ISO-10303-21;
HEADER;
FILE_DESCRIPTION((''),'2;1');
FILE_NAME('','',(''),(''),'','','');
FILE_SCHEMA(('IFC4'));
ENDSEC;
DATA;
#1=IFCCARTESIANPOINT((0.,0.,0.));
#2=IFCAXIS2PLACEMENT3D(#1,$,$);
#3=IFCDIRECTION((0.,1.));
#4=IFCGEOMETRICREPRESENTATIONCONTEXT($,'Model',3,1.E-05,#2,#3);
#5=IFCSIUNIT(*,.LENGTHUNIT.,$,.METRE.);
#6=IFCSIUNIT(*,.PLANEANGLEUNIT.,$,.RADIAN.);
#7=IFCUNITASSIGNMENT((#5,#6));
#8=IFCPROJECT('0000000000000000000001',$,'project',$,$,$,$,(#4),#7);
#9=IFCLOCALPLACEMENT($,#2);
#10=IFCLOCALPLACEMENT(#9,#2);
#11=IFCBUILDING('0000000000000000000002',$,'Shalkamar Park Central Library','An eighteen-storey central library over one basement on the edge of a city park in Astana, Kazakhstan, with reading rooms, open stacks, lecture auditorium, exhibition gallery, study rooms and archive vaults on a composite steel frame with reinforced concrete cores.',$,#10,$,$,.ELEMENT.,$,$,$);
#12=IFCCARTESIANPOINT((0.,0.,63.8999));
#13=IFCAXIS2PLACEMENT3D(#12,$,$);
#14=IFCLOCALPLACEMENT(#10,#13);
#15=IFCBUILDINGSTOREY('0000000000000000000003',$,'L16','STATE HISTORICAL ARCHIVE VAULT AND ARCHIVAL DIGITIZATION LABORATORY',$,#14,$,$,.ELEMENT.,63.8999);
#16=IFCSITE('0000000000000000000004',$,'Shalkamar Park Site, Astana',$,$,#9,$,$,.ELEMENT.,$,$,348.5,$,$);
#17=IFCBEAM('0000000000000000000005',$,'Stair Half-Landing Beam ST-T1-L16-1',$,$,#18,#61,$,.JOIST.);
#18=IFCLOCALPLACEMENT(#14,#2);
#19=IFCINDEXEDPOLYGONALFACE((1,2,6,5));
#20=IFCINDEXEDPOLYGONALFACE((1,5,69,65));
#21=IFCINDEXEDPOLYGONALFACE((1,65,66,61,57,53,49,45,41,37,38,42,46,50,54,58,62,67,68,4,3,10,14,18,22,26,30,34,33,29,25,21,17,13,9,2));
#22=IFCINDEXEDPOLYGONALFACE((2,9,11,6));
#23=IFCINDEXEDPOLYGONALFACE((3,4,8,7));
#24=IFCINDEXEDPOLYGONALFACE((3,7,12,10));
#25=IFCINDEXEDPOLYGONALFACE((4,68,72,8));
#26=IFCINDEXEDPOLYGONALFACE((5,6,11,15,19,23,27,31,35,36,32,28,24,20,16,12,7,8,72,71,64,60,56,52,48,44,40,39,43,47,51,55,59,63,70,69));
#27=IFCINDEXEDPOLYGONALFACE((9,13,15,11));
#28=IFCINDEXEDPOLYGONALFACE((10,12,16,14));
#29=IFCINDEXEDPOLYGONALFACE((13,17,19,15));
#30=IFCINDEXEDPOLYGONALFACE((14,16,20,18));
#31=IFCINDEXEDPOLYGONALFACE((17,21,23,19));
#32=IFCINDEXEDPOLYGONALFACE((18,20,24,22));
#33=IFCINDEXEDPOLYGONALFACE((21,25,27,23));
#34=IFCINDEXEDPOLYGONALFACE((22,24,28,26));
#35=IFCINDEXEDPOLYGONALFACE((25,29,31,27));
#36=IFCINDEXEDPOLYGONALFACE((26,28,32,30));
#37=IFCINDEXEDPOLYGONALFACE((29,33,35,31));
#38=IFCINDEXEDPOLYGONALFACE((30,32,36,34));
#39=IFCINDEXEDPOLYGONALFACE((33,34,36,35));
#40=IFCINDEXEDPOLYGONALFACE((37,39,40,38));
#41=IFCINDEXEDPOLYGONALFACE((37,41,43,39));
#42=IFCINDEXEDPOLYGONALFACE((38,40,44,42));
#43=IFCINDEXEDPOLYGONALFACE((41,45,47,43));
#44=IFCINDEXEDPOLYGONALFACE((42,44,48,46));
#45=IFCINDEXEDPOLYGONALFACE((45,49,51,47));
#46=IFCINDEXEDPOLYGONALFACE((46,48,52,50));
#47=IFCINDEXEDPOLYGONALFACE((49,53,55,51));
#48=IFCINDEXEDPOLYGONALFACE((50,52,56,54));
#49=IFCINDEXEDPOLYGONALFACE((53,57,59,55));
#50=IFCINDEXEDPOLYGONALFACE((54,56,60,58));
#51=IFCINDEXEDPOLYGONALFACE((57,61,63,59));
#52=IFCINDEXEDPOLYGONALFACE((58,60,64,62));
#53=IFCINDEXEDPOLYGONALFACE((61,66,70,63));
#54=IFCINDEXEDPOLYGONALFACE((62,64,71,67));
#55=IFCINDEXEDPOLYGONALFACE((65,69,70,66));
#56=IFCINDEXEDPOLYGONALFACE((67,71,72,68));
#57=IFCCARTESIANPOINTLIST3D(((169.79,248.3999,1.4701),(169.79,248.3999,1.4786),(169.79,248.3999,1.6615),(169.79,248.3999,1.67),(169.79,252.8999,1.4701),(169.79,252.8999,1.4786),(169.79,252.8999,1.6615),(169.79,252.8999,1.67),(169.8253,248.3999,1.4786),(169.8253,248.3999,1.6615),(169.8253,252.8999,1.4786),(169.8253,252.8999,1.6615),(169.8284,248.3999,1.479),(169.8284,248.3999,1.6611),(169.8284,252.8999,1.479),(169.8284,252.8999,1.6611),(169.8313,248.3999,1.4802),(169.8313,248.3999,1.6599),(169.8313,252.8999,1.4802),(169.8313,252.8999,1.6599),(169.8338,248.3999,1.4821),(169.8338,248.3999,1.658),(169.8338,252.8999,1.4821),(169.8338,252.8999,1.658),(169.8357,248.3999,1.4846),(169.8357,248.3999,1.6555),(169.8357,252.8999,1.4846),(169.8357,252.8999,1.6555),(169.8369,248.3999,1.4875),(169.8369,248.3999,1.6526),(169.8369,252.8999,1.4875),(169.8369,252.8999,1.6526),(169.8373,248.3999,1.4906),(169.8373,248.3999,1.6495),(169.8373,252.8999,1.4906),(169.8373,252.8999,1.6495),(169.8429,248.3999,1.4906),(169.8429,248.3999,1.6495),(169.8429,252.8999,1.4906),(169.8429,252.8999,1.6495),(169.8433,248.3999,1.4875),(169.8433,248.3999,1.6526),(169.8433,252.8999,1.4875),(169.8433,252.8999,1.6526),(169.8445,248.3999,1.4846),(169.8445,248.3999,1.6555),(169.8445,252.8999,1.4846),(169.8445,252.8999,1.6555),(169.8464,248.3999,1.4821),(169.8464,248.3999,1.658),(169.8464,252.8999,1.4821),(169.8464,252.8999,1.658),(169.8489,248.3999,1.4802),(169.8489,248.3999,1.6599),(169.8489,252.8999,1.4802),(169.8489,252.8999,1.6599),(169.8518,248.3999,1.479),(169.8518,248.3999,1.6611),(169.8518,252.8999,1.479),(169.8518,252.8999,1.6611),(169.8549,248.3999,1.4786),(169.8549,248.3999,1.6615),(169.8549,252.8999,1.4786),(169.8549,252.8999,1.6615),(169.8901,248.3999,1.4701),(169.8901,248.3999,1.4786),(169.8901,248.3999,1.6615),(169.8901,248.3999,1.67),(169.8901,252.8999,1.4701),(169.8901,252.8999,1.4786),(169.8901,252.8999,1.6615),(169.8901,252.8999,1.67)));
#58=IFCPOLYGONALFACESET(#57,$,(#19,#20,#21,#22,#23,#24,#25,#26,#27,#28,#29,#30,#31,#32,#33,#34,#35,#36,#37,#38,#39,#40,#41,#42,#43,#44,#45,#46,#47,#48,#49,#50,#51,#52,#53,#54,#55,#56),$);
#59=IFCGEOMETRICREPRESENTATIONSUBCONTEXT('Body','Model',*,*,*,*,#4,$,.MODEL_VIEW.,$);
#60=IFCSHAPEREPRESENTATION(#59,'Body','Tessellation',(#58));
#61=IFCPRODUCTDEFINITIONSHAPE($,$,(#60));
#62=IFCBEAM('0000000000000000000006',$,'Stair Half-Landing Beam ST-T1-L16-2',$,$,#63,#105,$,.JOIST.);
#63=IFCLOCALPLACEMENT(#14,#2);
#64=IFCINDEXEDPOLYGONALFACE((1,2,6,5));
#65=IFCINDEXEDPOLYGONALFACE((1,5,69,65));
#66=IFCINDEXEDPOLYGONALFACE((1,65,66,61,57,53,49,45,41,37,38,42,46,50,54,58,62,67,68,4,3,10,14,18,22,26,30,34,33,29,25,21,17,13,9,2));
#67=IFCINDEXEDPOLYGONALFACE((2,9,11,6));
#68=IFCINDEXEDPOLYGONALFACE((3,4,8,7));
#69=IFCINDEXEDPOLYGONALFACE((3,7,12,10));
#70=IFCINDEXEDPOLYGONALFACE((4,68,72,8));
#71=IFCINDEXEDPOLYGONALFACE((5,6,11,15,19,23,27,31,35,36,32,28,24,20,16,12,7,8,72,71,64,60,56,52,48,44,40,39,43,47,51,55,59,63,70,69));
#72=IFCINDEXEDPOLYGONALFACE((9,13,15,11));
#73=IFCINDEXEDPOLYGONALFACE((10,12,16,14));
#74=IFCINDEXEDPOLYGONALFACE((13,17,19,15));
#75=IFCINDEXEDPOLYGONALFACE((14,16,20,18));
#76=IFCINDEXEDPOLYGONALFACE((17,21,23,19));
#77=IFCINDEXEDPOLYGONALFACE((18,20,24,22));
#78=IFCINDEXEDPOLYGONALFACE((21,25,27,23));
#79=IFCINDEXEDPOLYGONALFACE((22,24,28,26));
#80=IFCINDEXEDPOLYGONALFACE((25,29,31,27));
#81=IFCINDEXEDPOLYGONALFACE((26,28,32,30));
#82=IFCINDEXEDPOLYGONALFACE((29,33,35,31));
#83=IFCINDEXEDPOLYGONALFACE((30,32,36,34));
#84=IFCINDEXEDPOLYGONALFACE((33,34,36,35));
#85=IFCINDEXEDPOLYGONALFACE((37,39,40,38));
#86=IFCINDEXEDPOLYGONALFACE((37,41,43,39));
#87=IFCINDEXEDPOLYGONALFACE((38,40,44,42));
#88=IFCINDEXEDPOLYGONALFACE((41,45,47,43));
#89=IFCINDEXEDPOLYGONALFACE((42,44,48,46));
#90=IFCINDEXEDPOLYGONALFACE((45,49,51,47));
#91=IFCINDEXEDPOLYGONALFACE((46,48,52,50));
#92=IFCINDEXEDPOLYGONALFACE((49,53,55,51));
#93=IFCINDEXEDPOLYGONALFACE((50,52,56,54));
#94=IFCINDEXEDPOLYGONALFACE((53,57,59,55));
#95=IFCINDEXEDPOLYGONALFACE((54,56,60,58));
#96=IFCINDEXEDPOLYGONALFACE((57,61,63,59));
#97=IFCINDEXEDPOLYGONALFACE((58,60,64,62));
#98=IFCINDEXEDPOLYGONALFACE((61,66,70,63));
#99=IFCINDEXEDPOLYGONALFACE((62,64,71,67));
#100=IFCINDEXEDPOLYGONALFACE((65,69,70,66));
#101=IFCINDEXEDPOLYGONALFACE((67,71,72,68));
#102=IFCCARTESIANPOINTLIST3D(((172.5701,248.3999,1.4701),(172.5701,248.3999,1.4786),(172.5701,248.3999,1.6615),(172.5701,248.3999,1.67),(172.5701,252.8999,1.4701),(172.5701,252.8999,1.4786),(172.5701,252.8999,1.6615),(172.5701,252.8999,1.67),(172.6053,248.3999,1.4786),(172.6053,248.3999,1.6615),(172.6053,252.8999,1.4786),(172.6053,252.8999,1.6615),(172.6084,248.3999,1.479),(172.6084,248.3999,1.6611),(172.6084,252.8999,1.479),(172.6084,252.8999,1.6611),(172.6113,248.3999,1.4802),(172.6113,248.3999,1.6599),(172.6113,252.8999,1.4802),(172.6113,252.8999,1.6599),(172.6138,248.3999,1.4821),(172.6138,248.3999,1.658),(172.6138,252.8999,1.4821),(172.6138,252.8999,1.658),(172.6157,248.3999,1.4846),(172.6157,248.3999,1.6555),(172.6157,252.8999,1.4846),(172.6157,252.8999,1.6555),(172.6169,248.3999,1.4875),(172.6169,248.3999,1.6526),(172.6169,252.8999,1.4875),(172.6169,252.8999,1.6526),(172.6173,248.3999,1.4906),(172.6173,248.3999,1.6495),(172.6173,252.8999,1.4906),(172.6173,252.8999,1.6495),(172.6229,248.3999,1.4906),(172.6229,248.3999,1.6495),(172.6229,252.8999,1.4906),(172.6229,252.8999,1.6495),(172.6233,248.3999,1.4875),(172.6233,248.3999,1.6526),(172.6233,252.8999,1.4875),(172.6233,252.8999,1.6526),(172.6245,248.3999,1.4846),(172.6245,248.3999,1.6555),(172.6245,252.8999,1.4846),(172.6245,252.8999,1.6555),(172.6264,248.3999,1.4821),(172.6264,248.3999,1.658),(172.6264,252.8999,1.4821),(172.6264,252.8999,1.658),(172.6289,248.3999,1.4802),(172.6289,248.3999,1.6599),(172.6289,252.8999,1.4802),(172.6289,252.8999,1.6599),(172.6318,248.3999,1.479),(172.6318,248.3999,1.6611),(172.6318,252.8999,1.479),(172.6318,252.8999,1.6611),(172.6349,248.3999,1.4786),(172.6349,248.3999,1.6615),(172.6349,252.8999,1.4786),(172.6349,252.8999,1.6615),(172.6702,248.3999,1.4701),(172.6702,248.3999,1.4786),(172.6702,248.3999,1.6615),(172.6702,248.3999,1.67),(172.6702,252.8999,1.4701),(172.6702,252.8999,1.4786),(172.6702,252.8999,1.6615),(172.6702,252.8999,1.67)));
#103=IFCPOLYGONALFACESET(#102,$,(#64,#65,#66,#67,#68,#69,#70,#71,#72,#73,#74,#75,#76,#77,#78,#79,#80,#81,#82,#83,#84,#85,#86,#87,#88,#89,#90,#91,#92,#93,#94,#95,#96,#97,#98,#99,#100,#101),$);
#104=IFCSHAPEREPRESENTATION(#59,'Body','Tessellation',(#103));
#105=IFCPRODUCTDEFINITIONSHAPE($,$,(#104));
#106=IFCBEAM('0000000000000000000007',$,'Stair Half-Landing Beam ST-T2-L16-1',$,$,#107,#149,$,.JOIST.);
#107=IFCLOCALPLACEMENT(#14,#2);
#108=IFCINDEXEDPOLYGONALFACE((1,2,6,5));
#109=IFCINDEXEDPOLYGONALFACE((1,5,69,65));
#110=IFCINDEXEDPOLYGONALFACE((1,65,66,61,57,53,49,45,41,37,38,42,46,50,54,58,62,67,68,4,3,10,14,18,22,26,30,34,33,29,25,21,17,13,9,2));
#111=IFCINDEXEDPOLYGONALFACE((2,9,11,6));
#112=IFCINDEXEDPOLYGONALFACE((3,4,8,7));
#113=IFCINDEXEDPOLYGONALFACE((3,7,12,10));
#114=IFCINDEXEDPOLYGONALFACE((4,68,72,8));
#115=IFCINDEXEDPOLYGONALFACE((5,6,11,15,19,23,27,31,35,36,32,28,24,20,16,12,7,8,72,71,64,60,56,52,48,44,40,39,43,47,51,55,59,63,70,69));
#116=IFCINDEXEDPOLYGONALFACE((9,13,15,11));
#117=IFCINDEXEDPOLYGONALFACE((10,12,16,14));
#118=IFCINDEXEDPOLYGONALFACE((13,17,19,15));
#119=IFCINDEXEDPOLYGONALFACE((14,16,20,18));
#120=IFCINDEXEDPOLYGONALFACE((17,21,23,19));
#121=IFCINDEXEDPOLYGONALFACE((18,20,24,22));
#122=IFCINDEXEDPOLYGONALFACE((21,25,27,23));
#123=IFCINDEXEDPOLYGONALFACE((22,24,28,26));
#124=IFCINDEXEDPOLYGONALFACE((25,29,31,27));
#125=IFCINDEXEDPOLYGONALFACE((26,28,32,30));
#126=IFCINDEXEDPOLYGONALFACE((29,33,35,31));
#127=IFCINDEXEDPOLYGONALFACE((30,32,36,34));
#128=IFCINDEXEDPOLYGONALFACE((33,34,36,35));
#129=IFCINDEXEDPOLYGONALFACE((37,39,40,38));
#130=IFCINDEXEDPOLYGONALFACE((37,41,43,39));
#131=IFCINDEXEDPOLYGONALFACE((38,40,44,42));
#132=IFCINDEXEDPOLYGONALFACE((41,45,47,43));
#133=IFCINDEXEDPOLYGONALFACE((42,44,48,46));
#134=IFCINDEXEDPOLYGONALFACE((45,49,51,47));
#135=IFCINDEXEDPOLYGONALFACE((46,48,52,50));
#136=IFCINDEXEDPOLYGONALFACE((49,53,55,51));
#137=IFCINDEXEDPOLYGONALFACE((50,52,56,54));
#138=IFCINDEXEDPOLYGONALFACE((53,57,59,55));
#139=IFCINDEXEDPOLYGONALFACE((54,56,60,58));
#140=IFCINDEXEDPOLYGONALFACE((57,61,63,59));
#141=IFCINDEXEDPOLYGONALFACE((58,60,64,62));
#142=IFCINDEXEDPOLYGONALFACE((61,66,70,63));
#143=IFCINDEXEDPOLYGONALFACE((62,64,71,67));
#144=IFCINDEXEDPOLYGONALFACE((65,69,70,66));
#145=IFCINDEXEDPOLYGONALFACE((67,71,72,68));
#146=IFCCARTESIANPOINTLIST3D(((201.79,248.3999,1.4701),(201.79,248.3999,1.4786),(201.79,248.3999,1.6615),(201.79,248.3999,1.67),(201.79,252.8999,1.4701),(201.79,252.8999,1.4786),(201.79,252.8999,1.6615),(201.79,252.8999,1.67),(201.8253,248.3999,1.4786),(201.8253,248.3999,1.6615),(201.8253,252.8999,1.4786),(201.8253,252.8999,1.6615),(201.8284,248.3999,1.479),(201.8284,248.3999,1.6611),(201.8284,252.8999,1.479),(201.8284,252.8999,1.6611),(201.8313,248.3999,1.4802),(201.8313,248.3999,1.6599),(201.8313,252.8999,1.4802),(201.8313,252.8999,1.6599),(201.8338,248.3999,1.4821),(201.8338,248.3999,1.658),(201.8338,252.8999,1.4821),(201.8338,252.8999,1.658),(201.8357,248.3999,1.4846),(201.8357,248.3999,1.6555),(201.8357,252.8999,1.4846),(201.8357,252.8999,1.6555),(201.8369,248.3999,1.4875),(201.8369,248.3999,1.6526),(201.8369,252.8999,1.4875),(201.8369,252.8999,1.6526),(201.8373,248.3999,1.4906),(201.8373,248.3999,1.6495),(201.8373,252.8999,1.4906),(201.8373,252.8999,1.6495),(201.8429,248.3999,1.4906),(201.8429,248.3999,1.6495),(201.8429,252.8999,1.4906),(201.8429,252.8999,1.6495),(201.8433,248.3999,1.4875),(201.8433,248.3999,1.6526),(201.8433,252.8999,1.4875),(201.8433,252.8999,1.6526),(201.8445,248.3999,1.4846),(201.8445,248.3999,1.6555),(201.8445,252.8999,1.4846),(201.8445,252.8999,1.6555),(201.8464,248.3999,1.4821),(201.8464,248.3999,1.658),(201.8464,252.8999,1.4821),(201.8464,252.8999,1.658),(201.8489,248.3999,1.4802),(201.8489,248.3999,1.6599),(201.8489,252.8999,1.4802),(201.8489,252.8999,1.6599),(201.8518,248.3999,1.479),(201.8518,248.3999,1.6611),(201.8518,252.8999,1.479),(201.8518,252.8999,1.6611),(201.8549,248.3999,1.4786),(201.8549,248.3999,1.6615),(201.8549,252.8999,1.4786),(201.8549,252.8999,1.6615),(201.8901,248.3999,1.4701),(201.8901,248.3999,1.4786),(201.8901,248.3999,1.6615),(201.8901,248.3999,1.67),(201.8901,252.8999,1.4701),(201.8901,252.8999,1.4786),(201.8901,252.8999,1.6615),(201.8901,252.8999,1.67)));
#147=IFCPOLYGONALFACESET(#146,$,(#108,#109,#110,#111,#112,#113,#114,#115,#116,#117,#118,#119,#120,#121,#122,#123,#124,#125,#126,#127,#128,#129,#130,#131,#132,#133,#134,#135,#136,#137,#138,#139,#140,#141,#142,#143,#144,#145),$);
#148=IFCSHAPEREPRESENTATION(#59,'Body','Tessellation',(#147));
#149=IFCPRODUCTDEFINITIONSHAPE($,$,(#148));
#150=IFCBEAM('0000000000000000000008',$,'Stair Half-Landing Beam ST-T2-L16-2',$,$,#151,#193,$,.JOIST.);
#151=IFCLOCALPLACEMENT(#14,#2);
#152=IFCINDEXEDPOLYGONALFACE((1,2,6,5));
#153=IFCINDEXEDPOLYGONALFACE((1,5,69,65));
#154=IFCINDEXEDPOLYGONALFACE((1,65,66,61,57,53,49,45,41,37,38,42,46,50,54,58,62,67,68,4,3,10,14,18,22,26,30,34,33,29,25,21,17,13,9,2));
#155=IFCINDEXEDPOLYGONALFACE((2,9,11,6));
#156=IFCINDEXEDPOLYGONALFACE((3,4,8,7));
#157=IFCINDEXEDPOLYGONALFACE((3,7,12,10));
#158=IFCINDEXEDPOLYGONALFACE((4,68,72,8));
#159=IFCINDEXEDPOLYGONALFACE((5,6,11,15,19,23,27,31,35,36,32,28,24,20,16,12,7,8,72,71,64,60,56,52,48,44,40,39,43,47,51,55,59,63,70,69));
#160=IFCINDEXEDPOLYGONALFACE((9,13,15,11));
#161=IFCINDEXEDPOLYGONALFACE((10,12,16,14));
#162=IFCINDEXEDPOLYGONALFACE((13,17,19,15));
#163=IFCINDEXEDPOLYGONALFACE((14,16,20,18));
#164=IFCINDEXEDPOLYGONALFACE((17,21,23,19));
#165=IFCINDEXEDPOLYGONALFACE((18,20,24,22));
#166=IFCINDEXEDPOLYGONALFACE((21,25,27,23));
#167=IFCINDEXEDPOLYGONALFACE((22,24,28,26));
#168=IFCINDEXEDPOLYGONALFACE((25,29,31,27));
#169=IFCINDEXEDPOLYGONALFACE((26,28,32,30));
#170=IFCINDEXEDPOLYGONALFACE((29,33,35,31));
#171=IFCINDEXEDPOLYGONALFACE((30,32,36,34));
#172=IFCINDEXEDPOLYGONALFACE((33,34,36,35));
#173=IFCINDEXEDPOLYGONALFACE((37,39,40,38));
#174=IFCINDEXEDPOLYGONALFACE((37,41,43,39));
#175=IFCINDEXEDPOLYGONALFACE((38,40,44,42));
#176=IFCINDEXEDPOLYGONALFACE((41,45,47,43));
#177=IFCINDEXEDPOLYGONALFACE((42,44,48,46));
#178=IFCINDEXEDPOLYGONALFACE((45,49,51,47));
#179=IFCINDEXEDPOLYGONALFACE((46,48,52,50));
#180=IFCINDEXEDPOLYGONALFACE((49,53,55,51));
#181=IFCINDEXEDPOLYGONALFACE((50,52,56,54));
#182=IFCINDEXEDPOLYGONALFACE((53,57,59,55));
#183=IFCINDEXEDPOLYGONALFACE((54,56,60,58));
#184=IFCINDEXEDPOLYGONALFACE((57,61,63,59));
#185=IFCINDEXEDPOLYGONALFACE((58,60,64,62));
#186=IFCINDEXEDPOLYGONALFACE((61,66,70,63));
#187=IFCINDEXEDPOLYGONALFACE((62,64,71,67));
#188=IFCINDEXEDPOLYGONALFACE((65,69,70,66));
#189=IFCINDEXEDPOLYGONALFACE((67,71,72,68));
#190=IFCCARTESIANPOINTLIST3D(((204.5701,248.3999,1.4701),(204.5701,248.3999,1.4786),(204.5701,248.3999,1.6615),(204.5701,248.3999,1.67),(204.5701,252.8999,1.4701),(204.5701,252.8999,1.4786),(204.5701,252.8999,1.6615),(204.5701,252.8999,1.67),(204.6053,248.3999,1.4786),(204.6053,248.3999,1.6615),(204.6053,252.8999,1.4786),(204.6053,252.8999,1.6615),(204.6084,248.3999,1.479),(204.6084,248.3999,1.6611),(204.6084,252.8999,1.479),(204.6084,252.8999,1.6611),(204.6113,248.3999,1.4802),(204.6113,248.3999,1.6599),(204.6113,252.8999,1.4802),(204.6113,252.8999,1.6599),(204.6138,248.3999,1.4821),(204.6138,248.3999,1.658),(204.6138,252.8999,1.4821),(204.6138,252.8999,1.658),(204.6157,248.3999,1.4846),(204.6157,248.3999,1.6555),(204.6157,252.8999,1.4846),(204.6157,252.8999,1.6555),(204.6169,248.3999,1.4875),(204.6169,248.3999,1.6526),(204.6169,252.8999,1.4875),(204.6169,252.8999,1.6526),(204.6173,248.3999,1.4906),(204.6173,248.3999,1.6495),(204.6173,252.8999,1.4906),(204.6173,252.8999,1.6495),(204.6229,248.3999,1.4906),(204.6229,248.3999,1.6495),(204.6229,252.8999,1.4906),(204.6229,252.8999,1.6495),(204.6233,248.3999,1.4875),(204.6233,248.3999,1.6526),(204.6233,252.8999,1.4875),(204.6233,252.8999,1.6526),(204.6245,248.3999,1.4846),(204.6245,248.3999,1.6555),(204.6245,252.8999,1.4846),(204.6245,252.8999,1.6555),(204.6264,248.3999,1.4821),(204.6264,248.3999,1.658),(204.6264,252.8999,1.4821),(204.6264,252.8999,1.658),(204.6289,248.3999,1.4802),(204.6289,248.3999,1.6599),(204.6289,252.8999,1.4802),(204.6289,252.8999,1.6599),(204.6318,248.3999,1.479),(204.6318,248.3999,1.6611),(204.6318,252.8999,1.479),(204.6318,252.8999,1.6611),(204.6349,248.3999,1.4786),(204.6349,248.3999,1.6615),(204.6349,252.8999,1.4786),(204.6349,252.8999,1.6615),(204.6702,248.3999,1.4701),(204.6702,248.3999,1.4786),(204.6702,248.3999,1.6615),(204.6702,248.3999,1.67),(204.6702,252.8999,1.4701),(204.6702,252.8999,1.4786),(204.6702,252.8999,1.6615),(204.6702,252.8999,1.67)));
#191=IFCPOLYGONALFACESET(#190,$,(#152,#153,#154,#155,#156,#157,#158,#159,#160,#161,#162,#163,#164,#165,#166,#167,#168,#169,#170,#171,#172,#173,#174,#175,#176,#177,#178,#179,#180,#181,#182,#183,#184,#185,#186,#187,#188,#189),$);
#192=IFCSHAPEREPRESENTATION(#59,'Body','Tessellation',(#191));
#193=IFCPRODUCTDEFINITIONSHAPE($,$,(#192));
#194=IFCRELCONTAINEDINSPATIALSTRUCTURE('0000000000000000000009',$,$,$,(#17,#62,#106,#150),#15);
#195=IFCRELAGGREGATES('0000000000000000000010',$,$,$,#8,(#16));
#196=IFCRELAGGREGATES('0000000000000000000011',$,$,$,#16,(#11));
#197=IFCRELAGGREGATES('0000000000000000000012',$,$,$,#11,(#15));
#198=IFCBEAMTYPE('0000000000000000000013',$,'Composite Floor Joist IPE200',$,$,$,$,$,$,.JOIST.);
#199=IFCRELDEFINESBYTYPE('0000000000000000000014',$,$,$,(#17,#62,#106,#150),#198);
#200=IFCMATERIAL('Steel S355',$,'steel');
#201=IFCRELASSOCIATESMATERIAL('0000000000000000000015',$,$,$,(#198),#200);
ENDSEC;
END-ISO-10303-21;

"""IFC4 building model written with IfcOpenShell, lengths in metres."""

from ifc_helpers import new_model, si_unit, direction, frame, origin, origin_2d, place, context, subcontext, project, spatial, i_section, extrude, material, material_profile, profile_set, type_object, element, save


model = new_model("IFC4")

# Units and contexts
model_context = context("Model", 3, precision=1e-05, world=origin(), true_north=direction((0.0, 1.0)))
body_context = subcontext(model_context, "Body", "Model", "MODEL_VIEW")
ifc_project = project(units=[si_unit("LENGTHUNIT", "METRE"), si_unit("PLANEANGLEUNIT", "RADIAN")], contexts=[model_context])

# Site, building, storey
site_placement = place(None, origin())
site = spatial("IfcSite", under=ifc_project, at=site_placement, Name="Shalkamar Park Site, Astana", CompositionType="ELEMENT", RefElevation=348.5)
building_placement = place(site_placement, origin())
building = spatial("IfcBuilding", under=site, at=building_placement, Name="Shalkamar Park Central Library", Description="An eighteen-storey central library over one basement on the edge of a city park in Astana, Kazakhstan, with reading rooms, open stacks, lecture auditorium, exhibition gallery, study rooms and archive vaults on a composite steel frame with reinforced concrete cores.", CompositionType="ELEMENT")
storey_placement = place(building_placement, frame((0.0, 0.0, 63.8999)))
storey = spatial("IfcBuildingStorey", under=building, at=storey_placement, Name="L16", Description="STATE HISTORICAL ARCHIVE VAULT AND ARCHIVAL DIGITIZATION LABORATORY", CompositionType="ELEMENT", Elevation=63.8999)

# Beams
ifc_material_1 = material(Name="Steel S355", Category="steel")
ifc_material_profile_1 = material_profile(ifc_material_1, i_section(OverallWidth=0.1001, OverallDepth=0.2, WebThickness=0.0056, FlangeThickness=0.0085, FilletRadius=0.012, at=origin_2d()), Name="IPE 200")
ifc_profile_set_1 = profile_set([ifc_material_profile_1], Name="Steel S355")
beam_type_1 = type_object("IfcBeamType", Name="Composite Floor Joist IPE200", PredefinedType="JOIST", material=ifc_profile_set_1)
for number, where, z_axis, x_axis, name in (
    (1, (169.8401, 248.3999, 1.5701), (0.0, 1.0, 0.0), (-1.0, 0.0, 0.0), "Stair Half-Landing Beam ST-T1-L16-1"),
    (2, (172.6201, 248.3999, 1.5701), (0.0, 1.0, 0.0), (-1.0, 0.0, 0.0), "Stair Half-Landing Beam ST-T1-L16-2"),
    (3, (201.8401, 248.3999, 1.5701), (0.0, 1.0, 0.0), (-1.0, 0.0, 0.0), "Stair Half-Landing Beam ST-T2-L16-1"),
    (4, (204.6201, 248.3999, 1.5701), (0.0, 1.0, 0.0), (-1.0, 0.0, 0.0), "Stair Half-Landing Beam ST-T2-L16-2"),
):
    element("IfcBeam", number, at=place(storey_placement, frame(where, z_axis=z_axis, x_axis=x_axis)), inside=storey, type_object=beam_type_1, Name=name, PredefinedType="JOIST", context=body_context, shape_type="SweptSolid", body=[
        extrude(i_section(OverallWidth=0.1001, OverallDepth=0.2, WebThickness=0.0056, FlangeThickness=0.0085, FilletRadius=0.012, at=origin_2d()), origin(), (0.0, 0.0, 1.0), 4.5),
    ])

save(model, "model.ifc")
